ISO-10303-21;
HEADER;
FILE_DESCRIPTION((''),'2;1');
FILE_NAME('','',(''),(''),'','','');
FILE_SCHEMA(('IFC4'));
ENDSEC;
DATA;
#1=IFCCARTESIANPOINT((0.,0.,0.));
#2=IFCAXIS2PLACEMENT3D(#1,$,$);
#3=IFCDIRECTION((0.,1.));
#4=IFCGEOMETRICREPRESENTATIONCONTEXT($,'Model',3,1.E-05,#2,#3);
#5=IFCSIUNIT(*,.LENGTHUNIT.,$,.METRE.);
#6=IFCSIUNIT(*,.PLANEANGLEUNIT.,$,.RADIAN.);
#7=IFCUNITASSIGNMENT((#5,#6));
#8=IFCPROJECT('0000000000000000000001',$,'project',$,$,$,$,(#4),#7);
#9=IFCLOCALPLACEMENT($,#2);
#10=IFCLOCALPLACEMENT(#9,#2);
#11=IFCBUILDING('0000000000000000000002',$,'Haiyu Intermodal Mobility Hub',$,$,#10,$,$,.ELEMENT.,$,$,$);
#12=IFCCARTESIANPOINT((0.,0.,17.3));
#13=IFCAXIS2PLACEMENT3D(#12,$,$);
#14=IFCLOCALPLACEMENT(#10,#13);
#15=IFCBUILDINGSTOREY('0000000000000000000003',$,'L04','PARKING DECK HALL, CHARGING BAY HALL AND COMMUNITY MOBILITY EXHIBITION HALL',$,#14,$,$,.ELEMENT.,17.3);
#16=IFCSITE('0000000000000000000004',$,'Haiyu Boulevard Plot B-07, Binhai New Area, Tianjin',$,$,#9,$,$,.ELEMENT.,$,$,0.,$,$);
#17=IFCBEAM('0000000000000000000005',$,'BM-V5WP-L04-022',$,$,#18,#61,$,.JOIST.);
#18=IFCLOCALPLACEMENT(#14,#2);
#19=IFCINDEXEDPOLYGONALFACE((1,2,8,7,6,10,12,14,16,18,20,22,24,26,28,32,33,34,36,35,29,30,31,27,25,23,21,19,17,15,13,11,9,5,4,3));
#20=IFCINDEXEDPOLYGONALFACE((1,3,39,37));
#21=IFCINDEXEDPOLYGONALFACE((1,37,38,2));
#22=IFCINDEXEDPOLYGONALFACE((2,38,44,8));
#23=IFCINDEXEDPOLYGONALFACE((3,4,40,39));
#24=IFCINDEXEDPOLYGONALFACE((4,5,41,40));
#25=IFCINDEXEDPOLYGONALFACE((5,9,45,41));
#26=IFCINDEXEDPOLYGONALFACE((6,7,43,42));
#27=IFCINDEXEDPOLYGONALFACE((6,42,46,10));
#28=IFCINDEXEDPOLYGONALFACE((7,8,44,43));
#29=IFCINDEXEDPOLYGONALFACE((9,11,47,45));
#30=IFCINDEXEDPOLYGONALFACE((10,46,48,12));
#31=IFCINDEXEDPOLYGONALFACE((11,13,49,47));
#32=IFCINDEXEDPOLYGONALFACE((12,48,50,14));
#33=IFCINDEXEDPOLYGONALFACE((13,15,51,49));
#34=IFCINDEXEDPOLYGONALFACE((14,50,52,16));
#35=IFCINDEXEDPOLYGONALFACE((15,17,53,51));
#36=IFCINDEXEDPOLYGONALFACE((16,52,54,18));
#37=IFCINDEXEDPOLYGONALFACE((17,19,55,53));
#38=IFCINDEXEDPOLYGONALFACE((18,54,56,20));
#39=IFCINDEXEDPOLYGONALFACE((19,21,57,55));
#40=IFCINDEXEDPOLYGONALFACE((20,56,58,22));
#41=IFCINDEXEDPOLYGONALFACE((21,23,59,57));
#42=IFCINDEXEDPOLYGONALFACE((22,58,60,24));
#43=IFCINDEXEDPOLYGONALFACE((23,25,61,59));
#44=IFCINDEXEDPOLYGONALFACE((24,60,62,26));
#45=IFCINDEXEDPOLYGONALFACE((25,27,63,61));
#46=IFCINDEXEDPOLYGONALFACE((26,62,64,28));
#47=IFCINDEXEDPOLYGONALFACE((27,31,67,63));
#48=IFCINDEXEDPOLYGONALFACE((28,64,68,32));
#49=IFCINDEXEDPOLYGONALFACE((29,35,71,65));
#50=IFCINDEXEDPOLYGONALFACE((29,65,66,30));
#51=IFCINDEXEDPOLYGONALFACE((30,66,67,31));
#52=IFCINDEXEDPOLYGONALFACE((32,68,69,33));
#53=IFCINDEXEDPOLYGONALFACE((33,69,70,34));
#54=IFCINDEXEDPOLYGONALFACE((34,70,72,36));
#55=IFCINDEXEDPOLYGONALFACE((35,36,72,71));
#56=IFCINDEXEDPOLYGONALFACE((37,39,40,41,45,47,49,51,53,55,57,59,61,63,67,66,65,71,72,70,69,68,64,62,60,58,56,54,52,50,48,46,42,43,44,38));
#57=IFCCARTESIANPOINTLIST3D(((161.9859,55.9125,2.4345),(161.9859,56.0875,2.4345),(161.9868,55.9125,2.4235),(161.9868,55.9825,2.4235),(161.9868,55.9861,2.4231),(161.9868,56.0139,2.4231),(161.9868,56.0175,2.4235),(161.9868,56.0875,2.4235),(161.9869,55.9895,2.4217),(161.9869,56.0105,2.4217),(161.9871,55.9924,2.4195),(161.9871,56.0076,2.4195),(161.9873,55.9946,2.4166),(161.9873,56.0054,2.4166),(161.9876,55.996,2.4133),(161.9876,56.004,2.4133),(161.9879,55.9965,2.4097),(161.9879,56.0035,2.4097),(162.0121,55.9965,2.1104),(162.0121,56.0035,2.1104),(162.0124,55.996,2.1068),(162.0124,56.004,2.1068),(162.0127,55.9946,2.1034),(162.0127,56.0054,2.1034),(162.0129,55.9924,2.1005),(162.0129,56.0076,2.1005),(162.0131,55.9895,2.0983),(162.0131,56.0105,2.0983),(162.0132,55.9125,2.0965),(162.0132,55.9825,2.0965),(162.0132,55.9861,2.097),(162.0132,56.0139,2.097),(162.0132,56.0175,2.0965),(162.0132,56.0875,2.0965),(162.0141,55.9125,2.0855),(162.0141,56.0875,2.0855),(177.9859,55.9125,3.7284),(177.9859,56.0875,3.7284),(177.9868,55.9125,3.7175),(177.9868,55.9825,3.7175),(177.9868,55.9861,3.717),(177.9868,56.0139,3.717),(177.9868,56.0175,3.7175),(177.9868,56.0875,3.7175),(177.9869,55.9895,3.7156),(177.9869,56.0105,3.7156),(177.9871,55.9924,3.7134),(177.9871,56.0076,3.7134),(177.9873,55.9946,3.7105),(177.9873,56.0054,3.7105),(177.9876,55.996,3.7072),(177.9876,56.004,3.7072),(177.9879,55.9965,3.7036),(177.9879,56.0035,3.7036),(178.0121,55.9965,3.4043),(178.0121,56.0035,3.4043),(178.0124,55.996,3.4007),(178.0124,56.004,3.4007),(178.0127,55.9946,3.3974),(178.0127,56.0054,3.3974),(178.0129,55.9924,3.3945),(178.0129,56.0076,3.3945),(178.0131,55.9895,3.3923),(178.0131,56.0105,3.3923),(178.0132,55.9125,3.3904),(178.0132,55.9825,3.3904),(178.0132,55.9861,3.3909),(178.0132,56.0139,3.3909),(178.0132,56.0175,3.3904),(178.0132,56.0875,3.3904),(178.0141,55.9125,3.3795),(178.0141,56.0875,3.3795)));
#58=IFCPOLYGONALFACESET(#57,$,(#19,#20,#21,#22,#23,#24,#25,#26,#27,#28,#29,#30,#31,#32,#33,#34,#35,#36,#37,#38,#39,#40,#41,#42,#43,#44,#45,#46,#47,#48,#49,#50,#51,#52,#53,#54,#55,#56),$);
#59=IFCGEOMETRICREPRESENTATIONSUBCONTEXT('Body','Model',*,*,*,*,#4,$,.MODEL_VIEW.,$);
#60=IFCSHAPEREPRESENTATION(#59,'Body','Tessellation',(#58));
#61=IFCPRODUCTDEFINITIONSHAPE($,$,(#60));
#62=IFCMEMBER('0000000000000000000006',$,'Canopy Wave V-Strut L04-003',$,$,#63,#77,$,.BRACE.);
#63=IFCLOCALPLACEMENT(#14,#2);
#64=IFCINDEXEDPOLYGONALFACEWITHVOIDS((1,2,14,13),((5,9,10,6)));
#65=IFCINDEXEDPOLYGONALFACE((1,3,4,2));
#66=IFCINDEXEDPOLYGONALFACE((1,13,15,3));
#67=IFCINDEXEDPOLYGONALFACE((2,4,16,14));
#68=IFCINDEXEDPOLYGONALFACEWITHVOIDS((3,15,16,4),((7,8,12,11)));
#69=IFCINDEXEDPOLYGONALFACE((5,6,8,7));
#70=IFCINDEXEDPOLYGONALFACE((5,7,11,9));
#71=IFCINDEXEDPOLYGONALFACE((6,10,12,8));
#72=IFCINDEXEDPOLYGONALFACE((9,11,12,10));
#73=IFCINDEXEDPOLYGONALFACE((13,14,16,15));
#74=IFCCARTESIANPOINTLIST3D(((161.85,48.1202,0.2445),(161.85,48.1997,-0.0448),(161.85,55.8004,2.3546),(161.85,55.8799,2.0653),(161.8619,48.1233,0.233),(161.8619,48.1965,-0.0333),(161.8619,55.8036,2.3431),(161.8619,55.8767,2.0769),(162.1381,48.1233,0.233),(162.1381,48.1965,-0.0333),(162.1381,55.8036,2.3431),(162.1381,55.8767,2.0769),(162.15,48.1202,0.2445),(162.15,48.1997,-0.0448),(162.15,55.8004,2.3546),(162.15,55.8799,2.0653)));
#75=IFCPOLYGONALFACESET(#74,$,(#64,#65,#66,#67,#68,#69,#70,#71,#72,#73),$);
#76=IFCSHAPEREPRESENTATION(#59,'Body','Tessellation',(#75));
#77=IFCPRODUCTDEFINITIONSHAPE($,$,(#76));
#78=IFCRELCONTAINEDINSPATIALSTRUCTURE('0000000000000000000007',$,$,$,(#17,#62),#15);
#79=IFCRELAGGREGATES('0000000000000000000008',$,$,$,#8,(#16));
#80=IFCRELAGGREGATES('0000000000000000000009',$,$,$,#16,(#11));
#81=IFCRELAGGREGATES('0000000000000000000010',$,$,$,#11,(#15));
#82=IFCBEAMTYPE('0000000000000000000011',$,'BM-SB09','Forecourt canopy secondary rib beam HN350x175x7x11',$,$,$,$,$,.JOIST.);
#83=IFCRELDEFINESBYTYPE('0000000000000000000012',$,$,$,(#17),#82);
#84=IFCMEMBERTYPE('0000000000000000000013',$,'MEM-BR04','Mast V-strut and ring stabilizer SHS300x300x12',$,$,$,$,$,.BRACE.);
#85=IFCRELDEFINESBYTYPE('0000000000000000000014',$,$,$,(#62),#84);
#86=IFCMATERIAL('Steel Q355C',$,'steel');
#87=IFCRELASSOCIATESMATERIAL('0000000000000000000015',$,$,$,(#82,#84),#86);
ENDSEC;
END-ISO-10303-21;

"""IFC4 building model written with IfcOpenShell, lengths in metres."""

from ifc_helpers import new_model, si_unit, direction, frame, origin, origin_2d, place, context, subcontext, project, spatial, hollow_rectangle, i_section, extrude, material, material_profile, profile_set, type_object, element, save


model = new_model("IFC4")

# Units and contexts
model_context = context("Model", 3, precision=1e-05, world=origin(), true_north=direction((0.0, 1.0)))
body_context = subcontext(model_context, "Body", "Model", "MODEL_VIEW")
ifc_project = project(units=[si_unit("LENGTHUNIT", "METRE"), si_unit("PLANEANGLEUNIT", "RADIAN")], contexts=[model_context])

# Site, building, storey
site_placement = place(None, origin())
site = spatial("IfcSite", under=ifc_project, at=site_placement, Name="Haiyu Boulevard Plot B-07, Binhai New Area, Tianjin", CompositionType="ELEMENT", RefElevation=0.0)
building_placement = place(site_placement, origin())
building = spatial("IfcBuilding", under=site, at=building_placement, Name="Haiyu Intermodal Mobility Hub", CompositionType="ELEMENT")
storey_placement = place(building_placement, frame((0.0, 0.0, 17.3)))
storey = spatial("IfcBuildingStorey", under=building, at=storey_placement, Name="L04", Description="PARKING DECK HALL, CHARGING BAY HALL AND COMMUNITY MOBILITY EXHIBITION HALL", CompositionType="ELEMENT", Elevation=17.3)

# Shared definitions
ifc_material_1 = material(Name="Steel Q355C", Category="steel")

# Beam
ifc_material_profile_1 = material_profile(ifc_material_1, i_section(OverallWidth=0.175, OverallDepth=0.3501, WebThickness=0.0071, FlangeThickness=0.011, FilletRadius=0.0139, at=origin_2d()), Name="HN350x175x7x11")
ifc_profile_set_1 = profile_set([ifc_material_profile_1], Name="Steel Q355C")
beam_type_1 = type_object("IfcBeamType", Name="BM-SB09", Description="Forecourt canopy secondary rib beam HN350x175x7x11", PredefinedType="JOIST", material=ifc_profile_set_1)
for number, where, z_axis, x_axis, name in (
    (1, (162.0, 56.0, 2.26), (0.996746, 0.0, 0.080608), (0.0, 1.0, 0.0), "BM-V5WP-L04-022"),
):
    element("IfcBeam", number, at=place(storey_placement, frame(where, z_axis=z_axis, x_axis=x_axis)), inside=storey, type_object=beam_type_1, Name=name, PredefinedType="JOIST", context=body_context, shape_type="SweptSolid", body=[
        extrude(i_section(OverallWidth=0.175, OverallDepth=0.3501, WebThickness=0.0071, FlangeThickness=0.011, FilletRadius=0.0139, at=origin_2d()), origin(), (0.0, 0.0, 1.0), 16.0522),
    ])

# Member
ifc_material_profile_2 = material_profile(ifc_material_1, hollow_rectangle(XDim=0.3, YDim=0.3, WallThickness=0.012, at=origin_2d()), Name="SHS300x300x12")
ifc_profile_set_2 = profile_set([ifc_material_profile_2], Name="Steel Q355C")
member_type = type_object("IfcMemberType", Name="MEM-BR04", Description="Mast V-strut and ring stabilizer SHS300x300x12", PredefinedType="BRACE", material=ifc_profile_set_2)
member_placement = place(storey_placement, frame((162.0, 48.1599, 0.0999), z_axis=(0.0, 0.964268, 0.26493), x_axis=(-1.0, 0.0, 0.0)))
element("IfcMember", 2, at=member_placement, inside=storey, type_object=member_type, Name="Canopy Wave V-Strut L04-003", PredefinedType="BRACE", context=body_context, shape_type="SweptSolid", body=[
    extrude(hollow_rectangle(XDim=0.3, YDim=0.3, WallThickness=0.012, at=origin_2d()), origin(), (0.0, 0.0, 1.0), 7.9648),
])

save(model, "model.ifc")
